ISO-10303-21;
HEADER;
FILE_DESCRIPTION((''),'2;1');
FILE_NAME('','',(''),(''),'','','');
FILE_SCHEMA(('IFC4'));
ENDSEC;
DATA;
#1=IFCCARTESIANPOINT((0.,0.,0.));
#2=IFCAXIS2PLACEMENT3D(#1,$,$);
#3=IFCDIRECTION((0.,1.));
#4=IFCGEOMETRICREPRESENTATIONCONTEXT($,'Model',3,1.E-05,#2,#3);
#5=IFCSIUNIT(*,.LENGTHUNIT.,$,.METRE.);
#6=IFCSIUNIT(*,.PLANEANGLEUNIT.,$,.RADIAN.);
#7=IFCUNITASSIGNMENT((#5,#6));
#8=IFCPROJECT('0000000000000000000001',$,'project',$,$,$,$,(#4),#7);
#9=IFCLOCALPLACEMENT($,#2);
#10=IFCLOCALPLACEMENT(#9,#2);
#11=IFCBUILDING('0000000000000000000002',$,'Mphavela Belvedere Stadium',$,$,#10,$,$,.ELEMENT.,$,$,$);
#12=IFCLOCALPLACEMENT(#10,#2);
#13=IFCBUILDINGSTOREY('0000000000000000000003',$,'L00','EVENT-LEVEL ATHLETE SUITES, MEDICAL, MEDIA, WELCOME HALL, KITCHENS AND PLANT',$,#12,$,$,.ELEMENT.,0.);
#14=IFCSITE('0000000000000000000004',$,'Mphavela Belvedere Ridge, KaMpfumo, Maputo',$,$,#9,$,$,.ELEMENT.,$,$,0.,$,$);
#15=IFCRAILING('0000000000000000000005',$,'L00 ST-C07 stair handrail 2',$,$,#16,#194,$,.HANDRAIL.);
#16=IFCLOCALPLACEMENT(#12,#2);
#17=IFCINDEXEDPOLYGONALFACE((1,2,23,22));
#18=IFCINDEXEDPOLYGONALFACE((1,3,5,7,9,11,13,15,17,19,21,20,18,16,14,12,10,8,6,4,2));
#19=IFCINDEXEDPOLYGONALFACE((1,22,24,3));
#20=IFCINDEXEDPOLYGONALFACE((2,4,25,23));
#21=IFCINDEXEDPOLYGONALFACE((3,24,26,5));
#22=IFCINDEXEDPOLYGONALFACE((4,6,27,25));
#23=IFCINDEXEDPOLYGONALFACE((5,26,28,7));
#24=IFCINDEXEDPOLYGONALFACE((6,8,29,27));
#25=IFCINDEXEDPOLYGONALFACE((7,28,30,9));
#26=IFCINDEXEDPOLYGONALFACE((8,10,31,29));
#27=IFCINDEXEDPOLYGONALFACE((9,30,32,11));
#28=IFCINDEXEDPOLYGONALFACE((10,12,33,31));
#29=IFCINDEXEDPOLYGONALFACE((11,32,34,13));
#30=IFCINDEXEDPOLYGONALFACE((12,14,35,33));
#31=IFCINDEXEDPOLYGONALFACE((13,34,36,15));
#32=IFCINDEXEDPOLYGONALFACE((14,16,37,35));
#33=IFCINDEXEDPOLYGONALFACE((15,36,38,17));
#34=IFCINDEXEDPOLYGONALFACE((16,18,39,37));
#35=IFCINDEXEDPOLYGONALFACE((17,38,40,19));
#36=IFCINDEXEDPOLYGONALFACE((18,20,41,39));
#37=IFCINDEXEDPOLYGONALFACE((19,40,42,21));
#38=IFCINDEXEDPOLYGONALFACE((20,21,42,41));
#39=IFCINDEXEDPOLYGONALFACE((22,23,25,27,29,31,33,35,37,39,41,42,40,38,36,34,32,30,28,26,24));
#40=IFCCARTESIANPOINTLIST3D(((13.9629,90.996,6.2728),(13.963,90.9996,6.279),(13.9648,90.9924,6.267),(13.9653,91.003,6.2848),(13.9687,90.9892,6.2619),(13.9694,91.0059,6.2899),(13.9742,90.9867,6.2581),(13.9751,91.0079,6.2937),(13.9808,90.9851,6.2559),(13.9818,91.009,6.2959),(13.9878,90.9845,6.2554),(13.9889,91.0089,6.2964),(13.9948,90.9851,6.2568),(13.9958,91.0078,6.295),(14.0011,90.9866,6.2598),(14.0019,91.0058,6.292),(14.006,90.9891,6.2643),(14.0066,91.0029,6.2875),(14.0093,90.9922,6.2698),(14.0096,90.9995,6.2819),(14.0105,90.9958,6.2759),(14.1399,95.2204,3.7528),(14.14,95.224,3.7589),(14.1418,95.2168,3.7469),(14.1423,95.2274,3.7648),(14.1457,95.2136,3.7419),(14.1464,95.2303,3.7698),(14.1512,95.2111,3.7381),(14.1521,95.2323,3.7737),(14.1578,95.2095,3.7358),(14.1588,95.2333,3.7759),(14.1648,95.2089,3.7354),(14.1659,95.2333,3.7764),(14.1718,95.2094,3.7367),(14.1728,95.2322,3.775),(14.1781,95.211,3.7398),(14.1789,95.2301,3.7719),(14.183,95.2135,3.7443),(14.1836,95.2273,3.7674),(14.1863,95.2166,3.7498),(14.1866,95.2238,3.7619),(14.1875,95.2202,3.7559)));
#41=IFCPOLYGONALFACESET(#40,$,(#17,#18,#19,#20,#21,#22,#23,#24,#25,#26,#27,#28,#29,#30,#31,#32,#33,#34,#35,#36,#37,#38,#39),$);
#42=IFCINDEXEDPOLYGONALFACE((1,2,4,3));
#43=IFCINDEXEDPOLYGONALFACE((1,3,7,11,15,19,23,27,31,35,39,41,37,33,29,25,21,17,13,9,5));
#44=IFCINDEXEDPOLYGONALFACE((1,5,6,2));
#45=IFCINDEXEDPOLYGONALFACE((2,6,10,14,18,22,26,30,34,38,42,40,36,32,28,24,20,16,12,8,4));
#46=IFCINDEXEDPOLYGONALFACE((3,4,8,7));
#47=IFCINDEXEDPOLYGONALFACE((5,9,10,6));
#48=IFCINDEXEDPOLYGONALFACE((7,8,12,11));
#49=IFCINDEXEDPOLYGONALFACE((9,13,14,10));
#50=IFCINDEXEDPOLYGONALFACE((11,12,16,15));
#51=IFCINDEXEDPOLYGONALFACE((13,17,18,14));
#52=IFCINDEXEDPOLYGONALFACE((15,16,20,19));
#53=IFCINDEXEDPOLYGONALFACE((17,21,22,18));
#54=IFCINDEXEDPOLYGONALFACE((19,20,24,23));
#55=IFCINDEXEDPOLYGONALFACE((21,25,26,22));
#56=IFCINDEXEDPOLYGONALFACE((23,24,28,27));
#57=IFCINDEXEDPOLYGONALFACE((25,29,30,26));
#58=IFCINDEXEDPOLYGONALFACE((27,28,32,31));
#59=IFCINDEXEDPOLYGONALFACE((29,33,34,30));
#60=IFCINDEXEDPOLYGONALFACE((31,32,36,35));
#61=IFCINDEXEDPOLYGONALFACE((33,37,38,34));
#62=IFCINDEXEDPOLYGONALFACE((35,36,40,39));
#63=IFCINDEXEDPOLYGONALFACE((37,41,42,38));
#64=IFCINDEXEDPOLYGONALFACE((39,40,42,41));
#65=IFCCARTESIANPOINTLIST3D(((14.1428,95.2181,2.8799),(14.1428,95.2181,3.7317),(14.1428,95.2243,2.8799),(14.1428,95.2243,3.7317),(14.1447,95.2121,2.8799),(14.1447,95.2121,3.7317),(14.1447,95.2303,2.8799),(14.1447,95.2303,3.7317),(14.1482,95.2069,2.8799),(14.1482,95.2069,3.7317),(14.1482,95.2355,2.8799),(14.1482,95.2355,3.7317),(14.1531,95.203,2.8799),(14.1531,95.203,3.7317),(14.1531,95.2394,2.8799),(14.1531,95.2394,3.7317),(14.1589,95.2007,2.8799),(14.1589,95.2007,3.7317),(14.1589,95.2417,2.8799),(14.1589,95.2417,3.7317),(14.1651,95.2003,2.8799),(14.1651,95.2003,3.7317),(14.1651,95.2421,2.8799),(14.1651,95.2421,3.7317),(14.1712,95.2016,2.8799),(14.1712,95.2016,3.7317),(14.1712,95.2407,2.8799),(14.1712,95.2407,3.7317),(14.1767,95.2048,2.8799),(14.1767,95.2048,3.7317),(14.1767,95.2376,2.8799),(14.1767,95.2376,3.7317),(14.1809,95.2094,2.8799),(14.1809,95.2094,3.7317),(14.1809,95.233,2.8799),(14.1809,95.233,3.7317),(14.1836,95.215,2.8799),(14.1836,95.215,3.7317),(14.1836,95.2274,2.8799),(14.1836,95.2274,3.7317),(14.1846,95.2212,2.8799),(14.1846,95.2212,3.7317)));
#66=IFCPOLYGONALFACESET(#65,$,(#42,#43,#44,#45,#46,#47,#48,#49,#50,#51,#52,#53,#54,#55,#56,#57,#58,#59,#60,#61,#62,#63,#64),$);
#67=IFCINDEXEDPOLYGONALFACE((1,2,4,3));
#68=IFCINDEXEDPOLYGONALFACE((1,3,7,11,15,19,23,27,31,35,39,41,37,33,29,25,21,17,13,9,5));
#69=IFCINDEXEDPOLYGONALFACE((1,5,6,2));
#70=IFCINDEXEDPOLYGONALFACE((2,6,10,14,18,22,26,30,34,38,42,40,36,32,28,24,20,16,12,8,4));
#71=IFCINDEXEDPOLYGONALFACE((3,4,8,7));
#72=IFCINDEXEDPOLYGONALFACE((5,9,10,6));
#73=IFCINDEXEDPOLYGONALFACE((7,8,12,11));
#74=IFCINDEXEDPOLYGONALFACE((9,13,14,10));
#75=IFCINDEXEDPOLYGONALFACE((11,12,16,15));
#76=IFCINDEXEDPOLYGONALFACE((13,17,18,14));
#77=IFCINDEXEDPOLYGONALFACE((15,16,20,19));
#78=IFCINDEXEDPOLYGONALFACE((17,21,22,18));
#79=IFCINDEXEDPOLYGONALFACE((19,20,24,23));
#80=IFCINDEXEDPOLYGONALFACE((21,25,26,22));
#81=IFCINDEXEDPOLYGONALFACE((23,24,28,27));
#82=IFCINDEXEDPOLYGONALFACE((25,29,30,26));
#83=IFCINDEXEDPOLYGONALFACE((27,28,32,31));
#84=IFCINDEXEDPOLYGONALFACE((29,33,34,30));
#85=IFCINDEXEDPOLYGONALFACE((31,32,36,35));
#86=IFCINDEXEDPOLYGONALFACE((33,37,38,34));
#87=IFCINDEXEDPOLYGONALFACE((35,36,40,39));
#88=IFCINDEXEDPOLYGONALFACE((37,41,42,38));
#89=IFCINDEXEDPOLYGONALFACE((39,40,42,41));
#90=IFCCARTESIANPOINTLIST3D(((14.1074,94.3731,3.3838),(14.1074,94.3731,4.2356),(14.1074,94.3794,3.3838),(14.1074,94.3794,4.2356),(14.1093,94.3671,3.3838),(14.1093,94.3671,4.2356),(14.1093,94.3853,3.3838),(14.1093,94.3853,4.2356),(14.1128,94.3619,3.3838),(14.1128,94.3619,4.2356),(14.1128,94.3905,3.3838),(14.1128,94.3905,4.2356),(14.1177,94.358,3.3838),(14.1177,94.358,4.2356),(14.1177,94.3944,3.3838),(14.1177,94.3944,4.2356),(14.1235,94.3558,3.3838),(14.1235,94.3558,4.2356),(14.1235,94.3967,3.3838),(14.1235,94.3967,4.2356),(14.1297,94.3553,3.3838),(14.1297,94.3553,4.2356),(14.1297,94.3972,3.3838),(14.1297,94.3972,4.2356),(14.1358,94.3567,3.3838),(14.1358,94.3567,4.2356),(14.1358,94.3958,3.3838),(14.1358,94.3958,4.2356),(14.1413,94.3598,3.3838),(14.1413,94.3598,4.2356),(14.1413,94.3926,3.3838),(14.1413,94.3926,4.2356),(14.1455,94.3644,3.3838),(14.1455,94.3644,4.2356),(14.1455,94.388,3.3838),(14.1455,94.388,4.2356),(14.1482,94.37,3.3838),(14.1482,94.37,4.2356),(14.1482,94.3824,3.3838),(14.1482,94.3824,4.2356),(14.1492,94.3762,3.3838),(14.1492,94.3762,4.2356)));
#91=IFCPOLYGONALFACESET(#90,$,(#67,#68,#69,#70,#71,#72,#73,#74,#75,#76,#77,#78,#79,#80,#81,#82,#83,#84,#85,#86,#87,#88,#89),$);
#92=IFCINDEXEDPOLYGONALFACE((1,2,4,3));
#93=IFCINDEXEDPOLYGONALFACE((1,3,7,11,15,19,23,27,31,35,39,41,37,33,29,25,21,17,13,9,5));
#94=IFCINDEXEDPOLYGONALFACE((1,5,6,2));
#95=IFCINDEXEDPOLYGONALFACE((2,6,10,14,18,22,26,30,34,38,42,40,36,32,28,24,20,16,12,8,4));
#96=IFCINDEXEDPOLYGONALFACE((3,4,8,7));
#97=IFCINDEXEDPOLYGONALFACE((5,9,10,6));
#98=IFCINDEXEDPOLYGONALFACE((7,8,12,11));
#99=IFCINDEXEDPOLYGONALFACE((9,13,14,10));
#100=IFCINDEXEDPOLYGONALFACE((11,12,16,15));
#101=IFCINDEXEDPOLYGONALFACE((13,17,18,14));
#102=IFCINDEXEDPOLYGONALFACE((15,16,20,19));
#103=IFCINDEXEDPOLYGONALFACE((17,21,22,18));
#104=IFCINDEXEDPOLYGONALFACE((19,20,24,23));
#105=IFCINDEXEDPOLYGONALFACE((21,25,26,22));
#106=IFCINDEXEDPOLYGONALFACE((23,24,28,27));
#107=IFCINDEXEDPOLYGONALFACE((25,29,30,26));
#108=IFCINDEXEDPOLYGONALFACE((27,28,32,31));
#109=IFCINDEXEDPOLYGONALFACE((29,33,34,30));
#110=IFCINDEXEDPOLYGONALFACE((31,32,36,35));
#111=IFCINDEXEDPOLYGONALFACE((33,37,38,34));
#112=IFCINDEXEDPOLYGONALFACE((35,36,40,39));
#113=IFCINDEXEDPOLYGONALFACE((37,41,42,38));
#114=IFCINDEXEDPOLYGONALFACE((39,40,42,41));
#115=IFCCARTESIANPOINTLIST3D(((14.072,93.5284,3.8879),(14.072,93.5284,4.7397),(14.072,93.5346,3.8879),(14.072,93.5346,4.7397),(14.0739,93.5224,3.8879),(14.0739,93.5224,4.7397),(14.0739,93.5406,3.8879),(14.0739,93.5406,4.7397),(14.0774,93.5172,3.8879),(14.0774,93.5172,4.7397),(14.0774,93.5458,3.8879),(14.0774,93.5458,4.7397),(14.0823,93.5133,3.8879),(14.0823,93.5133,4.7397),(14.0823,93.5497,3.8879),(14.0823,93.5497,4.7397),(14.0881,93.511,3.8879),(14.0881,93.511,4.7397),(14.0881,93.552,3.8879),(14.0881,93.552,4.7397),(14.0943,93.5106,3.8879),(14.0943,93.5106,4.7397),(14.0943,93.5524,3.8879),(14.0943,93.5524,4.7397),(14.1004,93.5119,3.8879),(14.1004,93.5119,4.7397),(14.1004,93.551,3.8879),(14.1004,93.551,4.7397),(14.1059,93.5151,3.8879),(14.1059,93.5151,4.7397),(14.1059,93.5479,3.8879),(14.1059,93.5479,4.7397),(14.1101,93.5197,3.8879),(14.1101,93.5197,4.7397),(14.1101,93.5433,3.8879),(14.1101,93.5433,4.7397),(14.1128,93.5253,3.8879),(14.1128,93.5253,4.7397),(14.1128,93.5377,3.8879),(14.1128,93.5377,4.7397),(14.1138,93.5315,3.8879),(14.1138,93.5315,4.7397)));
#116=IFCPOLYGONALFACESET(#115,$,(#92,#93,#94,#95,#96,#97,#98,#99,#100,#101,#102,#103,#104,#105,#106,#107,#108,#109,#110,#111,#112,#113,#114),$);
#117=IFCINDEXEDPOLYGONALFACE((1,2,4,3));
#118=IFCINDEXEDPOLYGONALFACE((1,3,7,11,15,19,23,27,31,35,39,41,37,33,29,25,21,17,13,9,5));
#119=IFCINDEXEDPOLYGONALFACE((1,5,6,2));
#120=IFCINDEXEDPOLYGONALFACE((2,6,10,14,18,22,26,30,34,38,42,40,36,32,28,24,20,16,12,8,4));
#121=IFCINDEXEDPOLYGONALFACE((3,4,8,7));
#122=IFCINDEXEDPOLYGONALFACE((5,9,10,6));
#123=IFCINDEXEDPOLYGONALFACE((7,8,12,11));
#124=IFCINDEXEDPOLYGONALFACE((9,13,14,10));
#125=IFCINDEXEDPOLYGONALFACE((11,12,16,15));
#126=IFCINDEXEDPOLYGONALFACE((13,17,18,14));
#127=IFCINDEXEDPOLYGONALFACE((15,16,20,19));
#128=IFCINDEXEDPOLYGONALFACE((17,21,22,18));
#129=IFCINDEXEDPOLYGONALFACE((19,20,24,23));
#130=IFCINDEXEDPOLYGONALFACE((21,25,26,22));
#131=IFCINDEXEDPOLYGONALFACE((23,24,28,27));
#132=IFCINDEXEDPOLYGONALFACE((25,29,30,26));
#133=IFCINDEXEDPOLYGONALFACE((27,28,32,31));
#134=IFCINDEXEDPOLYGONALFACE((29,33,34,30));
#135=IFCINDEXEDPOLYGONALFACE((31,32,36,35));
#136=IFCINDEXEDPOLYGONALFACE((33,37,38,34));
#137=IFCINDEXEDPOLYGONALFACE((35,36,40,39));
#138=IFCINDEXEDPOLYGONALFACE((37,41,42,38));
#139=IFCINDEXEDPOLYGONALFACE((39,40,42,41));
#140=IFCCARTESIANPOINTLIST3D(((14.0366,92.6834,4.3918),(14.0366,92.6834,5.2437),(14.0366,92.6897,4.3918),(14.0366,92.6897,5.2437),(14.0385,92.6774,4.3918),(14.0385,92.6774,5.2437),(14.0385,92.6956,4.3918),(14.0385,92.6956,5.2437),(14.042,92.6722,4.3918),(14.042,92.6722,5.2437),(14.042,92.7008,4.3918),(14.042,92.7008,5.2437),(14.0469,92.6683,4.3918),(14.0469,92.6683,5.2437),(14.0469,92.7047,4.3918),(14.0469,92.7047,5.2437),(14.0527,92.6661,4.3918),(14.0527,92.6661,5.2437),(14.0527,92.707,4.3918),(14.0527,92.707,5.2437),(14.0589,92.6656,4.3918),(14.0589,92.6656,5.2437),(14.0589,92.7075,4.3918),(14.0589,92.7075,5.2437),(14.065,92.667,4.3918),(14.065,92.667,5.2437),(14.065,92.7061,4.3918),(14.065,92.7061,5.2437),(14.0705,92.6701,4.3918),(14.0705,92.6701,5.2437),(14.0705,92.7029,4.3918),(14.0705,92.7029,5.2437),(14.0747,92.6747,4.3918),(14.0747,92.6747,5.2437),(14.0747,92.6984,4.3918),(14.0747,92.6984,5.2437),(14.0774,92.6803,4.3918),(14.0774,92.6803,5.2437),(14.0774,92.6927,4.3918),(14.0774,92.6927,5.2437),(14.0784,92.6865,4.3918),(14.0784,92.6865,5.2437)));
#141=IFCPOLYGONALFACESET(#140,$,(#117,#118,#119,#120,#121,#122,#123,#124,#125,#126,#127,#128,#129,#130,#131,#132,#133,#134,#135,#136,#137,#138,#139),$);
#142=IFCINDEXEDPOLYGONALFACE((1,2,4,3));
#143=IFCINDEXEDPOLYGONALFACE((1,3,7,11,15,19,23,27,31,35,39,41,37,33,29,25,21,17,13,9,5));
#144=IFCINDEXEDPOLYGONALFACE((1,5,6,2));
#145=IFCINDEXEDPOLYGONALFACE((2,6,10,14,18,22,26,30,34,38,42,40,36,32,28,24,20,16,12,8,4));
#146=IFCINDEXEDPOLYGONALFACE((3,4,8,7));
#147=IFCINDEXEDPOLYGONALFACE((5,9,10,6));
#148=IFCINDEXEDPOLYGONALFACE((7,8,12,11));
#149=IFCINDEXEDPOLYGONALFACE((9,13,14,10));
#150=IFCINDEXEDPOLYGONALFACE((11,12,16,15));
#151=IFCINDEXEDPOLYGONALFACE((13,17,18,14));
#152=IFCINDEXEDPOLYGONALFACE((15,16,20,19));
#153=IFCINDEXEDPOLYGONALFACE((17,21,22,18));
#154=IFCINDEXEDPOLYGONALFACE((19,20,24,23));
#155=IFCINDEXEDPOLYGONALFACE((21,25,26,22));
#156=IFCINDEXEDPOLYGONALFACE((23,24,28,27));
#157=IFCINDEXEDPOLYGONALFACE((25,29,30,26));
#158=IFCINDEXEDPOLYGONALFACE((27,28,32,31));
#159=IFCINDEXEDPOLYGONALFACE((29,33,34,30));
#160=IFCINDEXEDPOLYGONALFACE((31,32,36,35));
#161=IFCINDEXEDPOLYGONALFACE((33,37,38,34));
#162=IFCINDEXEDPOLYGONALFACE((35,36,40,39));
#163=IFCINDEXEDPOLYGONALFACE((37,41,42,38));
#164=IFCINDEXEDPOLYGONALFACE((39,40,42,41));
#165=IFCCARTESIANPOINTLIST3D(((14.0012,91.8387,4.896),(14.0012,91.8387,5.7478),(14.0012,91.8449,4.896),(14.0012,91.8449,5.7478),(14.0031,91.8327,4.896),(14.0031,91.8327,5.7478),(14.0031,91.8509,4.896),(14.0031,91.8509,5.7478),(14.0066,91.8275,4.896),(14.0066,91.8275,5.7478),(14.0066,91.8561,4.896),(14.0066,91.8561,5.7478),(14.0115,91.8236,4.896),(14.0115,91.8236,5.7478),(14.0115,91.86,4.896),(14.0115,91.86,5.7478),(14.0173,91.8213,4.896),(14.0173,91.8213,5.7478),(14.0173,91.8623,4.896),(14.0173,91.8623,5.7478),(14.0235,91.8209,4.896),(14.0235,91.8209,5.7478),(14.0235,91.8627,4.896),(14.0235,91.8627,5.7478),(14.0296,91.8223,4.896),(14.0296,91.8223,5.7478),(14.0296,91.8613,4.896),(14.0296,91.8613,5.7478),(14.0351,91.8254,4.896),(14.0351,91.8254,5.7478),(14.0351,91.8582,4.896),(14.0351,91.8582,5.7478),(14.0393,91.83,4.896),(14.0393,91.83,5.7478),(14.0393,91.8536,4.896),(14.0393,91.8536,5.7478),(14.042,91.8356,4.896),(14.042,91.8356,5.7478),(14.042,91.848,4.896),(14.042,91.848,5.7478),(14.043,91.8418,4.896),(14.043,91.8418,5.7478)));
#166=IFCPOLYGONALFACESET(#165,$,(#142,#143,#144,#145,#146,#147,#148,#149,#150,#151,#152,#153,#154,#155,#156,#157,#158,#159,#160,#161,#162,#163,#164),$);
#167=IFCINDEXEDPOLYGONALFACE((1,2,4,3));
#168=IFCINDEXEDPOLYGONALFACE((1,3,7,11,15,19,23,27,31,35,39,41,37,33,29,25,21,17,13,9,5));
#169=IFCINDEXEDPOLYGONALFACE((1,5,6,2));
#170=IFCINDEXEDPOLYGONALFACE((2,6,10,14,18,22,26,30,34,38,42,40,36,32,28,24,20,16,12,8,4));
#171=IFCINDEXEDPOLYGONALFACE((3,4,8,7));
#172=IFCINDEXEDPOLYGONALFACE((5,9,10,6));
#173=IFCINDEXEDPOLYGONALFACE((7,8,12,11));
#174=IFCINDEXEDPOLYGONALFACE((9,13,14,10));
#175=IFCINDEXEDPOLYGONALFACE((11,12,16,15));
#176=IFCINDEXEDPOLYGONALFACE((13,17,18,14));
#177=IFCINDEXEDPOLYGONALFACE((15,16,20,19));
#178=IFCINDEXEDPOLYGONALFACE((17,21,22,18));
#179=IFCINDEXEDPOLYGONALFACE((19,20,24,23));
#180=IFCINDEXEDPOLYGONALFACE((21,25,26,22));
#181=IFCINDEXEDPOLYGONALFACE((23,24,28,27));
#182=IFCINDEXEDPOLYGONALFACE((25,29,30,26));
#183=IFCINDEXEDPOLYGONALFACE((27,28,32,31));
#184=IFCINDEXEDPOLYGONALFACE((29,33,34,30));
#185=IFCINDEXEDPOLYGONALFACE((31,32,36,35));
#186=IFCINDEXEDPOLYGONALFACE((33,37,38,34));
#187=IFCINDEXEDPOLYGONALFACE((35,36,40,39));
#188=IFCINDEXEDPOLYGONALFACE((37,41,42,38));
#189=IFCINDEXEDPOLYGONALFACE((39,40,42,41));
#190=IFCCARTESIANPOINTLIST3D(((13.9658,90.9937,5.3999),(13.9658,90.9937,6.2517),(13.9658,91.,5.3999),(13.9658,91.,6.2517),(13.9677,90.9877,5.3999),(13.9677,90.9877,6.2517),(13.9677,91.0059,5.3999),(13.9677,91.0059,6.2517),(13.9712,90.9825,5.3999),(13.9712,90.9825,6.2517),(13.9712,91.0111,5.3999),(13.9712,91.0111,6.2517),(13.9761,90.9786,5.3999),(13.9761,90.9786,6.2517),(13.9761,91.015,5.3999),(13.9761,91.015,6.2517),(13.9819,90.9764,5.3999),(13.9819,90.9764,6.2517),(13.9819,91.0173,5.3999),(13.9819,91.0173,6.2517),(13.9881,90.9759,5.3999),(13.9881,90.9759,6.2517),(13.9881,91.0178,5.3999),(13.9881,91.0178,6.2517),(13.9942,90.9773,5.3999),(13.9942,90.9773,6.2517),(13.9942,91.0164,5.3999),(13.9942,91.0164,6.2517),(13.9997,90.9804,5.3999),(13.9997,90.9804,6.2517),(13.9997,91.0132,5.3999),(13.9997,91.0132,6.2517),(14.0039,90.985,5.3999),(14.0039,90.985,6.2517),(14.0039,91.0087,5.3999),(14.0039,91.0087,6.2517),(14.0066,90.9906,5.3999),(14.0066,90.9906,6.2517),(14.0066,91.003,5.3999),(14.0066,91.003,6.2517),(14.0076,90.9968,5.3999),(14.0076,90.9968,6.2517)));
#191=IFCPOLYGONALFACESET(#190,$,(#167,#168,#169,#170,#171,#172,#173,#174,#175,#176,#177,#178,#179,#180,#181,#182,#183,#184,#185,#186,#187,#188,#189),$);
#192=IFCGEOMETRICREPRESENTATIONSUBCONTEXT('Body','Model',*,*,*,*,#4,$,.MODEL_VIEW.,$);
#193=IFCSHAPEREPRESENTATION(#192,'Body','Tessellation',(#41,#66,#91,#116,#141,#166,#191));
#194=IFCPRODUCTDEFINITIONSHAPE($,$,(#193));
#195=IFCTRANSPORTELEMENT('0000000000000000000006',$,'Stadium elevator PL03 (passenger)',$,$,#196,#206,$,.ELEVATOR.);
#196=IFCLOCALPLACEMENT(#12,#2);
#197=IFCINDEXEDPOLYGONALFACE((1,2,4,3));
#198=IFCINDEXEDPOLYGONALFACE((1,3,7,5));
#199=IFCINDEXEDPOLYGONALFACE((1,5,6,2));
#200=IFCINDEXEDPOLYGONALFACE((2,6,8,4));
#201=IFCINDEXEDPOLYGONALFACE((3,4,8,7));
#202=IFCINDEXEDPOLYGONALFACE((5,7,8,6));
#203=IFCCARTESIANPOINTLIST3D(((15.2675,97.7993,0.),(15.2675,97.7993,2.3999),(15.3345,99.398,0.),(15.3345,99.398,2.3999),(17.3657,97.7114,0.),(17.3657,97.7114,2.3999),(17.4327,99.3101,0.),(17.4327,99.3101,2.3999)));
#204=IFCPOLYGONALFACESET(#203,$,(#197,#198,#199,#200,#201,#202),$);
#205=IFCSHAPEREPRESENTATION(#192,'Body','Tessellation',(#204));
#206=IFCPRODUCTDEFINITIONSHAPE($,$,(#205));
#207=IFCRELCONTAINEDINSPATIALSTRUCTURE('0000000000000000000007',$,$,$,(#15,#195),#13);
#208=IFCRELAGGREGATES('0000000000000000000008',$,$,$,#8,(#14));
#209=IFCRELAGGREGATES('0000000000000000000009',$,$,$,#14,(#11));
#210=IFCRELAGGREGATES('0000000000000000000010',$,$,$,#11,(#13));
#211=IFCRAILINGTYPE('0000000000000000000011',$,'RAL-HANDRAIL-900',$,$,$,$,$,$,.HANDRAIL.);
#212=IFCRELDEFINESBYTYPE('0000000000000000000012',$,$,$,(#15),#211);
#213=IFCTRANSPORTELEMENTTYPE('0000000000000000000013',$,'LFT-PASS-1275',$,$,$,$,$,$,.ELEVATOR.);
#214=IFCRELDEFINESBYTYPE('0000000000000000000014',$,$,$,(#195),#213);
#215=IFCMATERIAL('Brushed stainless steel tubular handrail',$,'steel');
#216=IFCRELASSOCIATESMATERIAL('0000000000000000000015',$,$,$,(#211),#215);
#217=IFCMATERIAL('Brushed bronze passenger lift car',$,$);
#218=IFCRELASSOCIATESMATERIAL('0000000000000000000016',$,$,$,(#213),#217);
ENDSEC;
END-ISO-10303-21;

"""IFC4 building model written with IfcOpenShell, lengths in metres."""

from ifc_helpers import new_model, si_unit, direction, frame, origin, origin_2d, place, context, subcontext, project, spatial, rectangle, circle, extrude, material, type_object, element, save


model = new_model("IFC4")

# Units and contexts
model_context = context("Model", 3, precision=1e-05, world=origin(), true_north=direction((0.0, 1.0)))
body_context = subcontext(model_context, "Body", "Model", "MODEL_VIEW")
ifc_project = project(units=[si_unit("LENGTHUNIT", "METRE"), si_unit("PLANEANGLEUNIT", "RADIAN")], contexts=[model_context])

# Site, building, storey
site_placement = place(None, origin())
site = spatial("IfcSite", under=ifc_project, at=site_placement, Name="Mphavela Belvedere Ridge, KaMpfumo, Maputo", CompositionType="ELEMENT", RefElevation=0.0)
building_placement = place(site_placement, origin())
building = spatial("IfcBuilding", under=site, at=building_placement, Name="Mphavela Belvedere Stadium", CompositionType="ELEMENT")
storey_placement = place(building_placement, origin())
storey = spatial("IfcBuildingStorey", under=building, at=storey_placement, Name="L00", Description="EVENT-LEVEL ATHLETE SUITES, MEDICAL, MEDIA, WELCOME HALL, KITCHENS AND PLANT", CompositionType="ELEMENT", Elevation=0.0)

# Railing
ifc_material_1 = material(Name="Brushed stainless steel tubular handrail", Category="steel")
railing_type_1 = type_object("IfcRailingType", Name="RAL-HANDRAIL-900", PredefinedType="HANDRAIL", material=ifc_material_1)
railing_1_placement = place(storey_placement, frame((14.1636, 95.2212, 2.8799)))
element("IfcRailing", 1, at=railing_1_placement, inside=storey, type_object=railing_type_1, Name="L00 ST-C07 stair handrail 2", PredefinedType="HANDRAIL", context=body_context, shape_type="SweptSolid", body=[
    extrude(circle(Radius=0.0239, at=origin_2d()), frame((0.0, 0.0, 0.876), z_axis=(-0.035961, -0.858244, 0.51198), x_axis=(0.999123, -0.041864, 0.0)), (0.0, 0.0, 1.0), 4.9221),
    extrude(circle(Radius=0.021, at=origin_2d()), origin(), (0.0, 0.0, 1.0), 0.8518),
    extrude(circle(Radius=0.021, at=origin_2d()), frame((-0.0354, -0.845, 0.5039)), (0.0, 0.0, 1.0), 0.8518),
    extrude(circle(Radius=0.021, at=origin_2d()), frame((-0.0708, -1.6897, 1.0081)), (0.0, 0.0, 1.0), 0.8518),
    extrude(circle(Radius=0.021, at=origin_2d()), frame((-0.1062, -2.5347, 1.512)), (0.0, 0.0, 1.0), 0.8518),
    extrude(circle(Radius=0.021, at=origin_2d()), frame((-0.1416, -3.3794, 2.0161)), (0.0, 0.0, 1.0), 0.8518),
    extrude(circle(Radius=0.021, at=origin_2d()), frame((-0.177, -4.2244, 2.52)), (0.0, 0.0, 1.0), 0.8518),
])

# Transport element
ifc_material_2 = material(Name="Brushed bronze passenger lift car")
transport_element_type = type_object("IfcTransportElementType", Name="LFT-PASS-1275", PredefinedType="ELEVATOR", material=ifc_material_2)
transport_element_placement = place(storey_placement, frame((16.3501, 98.5547, 0.0), z_axis=(0.0, 0.0, 1.0), x_axis=(0.041876, 0.999123, 0.0)))
element("IfcTransportElement", 2, at=transport_element_placement, inside=storey, type_object=transport_element_type, Name="Stadium elevator PL03 (passenger)", PredefinedType="ELEVATOR", context=body_context, shape_type="SweptSolid", body=[
    extrude(rectangle(XDim=1.6001, YDim=2.1001, at=origin_2d()), origin(), (0.0, 0.0, 1.0), 2.3999),
])

save(model, "model.ifc")
